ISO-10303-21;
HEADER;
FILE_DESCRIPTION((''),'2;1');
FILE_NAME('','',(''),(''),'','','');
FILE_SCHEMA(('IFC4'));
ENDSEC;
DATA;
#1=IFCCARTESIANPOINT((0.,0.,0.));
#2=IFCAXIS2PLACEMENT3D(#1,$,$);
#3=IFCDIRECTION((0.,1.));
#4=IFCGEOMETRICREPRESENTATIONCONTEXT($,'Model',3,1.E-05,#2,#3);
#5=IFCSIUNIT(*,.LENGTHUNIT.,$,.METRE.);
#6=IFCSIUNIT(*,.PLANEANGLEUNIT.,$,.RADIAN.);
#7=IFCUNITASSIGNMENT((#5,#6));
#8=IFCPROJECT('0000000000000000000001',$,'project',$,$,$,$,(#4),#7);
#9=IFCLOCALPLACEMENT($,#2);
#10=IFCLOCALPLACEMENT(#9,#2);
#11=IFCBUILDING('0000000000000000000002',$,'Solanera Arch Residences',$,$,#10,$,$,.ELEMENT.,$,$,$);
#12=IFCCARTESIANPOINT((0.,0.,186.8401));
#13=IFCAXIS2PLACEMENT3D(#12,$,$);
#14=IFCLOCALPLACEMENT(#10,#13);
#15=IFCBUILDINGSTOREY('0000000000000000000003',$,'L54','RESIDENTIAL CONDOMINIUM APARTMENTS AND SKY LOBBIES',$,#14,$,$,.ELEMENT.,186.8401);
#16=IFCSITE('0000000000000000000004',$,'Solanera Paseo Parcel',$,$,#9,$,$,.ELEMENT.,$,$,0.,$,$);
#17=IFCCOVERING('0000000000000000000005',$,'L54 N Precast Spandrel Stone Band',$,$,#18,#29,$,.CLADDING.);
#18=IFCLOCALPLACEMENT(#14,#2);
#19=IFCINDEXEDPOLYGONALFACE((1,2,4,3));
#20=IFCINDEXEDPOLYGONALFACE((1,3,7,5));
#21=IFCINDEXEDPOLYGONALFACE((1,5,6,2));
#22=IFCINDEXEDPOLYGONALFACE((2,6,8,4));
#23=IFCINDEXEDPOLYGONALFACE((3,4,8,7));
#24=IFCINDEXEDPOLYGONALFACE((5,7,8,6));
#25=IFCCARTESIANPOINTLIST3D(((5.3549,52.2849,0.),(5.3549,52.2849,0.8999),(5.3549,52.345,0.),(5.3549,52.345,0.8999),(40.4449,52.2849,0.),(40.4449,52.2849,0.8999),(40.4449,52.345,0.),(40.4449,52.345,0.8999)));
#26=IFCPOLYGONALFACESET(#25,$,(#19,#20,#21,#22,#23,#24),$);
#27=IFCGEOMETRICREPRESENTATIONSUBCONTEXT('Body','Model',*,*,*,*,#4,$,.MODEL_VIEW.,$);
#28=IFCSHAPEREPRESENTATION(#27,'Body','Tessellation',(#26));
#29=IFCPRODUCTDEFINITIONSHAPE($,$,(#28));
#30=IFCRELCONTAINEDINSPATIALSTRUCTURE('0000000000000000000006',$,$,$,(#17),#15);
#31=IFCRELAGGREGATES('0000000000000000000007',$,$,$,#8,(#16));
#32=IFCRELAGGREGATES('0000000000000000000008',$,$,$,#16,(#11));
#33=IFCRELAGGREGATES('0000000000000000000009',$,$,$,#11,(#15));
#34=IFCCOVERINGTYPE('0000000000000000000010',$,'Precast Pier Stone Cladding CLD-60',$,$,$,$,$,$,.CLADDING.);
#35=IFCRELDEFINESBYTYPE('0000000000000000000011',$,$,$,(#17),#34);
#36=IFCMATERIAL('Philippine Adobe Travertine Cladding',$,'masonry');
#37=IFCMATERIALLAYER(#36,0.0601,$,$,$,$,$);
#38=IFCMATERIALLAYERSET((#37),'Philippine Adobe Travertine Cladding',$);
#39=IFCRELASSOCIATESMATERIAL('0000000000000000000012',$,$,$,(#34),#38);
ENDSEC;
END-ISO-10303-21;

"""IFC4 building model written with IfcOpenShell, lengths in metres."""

from ifc_helpers import new_model, si_unit, direction, frame, frame_2d, origin, place, context, subcontext, project, spatial, rectangle, extrude, material, layer, layer_set, type_object, element, save


model = new_model("IFC4")

# Units and contexts
model_context = context("Model", 3, precision=1e-05, world=origin(), true_north=direction((0.0, 1.0)))
body_context = subcontext(model_context, "Body", "Model", "MODEL_VIEW")
ifc_project = project(units=[si_unit("LENGTHUNIT", "METRE"), si_unit("PLANEANGLEUNIT", "RADIAN")], contexts=[model_context])

# Site, building, storey
site_placement = place(None, origin())
site = spatial("IfcSite", under=ifc_project, at=site_placement, Name="Solanera Paseo Parcel", CompositionType="ELEMENT", RefElevation=0.0)
building_placement = place(site_placement, origin())
building = spatial("IfcBuilding", under=site, at=building_placement, Name="Solanera Arch Residences", CompositionType="ELEMENT")
storey_placement = place(building_placement, frame((0.0, 0.0, 186.8401)))
storey = spatial("IfcBuildingStorey", under=building, at=storey_placement, Name="L54", Description="RESIDENTIAL CONDOMINIUM APARTMENTS AND SKY LOBBIES", CompositionType="ELEMENT", Elevation=186.8401)

# Covering
ifc_material_1 = material(Name="Philippine Adobe Travertine Cladding", Category="masonry")
ifc_layer_1 = layer(ifc_material_1, 0.0601)
ifc_layer_set_1 = layer_set([ifc_layer_1], Name="Philippine Adobe Travertine Cladding")
covering_type = type_object("IfcCoveringType", Name="Precast Pier Stone Cladding CLD-60", PredefinedType="CLADDING", material=ifc_layer_set_1)
covering_placement = place(storey_placement, frame((5.355, 52.3149, 0.0), z_axis=(0.0, 0.0, 1.0), x_axis=(1.0, 0.0, 0.0)))
element("IfcCovering", 1, at=covering_placement, inside=storey, type_object=covering_type, Name="L54 N Precast Spandrel Stone Band", PredefinedType="CLADDING", context=body_context, shape_type="SweptSolid", body=[
    extrude(rectangle(XDim=35.0901, YDim=0.0601, at=frame_2d((17.5449, 0.0))), origin(), (0.0, 0.0, 1.0), 0.8999),
])

save(model, "model.ifc")
